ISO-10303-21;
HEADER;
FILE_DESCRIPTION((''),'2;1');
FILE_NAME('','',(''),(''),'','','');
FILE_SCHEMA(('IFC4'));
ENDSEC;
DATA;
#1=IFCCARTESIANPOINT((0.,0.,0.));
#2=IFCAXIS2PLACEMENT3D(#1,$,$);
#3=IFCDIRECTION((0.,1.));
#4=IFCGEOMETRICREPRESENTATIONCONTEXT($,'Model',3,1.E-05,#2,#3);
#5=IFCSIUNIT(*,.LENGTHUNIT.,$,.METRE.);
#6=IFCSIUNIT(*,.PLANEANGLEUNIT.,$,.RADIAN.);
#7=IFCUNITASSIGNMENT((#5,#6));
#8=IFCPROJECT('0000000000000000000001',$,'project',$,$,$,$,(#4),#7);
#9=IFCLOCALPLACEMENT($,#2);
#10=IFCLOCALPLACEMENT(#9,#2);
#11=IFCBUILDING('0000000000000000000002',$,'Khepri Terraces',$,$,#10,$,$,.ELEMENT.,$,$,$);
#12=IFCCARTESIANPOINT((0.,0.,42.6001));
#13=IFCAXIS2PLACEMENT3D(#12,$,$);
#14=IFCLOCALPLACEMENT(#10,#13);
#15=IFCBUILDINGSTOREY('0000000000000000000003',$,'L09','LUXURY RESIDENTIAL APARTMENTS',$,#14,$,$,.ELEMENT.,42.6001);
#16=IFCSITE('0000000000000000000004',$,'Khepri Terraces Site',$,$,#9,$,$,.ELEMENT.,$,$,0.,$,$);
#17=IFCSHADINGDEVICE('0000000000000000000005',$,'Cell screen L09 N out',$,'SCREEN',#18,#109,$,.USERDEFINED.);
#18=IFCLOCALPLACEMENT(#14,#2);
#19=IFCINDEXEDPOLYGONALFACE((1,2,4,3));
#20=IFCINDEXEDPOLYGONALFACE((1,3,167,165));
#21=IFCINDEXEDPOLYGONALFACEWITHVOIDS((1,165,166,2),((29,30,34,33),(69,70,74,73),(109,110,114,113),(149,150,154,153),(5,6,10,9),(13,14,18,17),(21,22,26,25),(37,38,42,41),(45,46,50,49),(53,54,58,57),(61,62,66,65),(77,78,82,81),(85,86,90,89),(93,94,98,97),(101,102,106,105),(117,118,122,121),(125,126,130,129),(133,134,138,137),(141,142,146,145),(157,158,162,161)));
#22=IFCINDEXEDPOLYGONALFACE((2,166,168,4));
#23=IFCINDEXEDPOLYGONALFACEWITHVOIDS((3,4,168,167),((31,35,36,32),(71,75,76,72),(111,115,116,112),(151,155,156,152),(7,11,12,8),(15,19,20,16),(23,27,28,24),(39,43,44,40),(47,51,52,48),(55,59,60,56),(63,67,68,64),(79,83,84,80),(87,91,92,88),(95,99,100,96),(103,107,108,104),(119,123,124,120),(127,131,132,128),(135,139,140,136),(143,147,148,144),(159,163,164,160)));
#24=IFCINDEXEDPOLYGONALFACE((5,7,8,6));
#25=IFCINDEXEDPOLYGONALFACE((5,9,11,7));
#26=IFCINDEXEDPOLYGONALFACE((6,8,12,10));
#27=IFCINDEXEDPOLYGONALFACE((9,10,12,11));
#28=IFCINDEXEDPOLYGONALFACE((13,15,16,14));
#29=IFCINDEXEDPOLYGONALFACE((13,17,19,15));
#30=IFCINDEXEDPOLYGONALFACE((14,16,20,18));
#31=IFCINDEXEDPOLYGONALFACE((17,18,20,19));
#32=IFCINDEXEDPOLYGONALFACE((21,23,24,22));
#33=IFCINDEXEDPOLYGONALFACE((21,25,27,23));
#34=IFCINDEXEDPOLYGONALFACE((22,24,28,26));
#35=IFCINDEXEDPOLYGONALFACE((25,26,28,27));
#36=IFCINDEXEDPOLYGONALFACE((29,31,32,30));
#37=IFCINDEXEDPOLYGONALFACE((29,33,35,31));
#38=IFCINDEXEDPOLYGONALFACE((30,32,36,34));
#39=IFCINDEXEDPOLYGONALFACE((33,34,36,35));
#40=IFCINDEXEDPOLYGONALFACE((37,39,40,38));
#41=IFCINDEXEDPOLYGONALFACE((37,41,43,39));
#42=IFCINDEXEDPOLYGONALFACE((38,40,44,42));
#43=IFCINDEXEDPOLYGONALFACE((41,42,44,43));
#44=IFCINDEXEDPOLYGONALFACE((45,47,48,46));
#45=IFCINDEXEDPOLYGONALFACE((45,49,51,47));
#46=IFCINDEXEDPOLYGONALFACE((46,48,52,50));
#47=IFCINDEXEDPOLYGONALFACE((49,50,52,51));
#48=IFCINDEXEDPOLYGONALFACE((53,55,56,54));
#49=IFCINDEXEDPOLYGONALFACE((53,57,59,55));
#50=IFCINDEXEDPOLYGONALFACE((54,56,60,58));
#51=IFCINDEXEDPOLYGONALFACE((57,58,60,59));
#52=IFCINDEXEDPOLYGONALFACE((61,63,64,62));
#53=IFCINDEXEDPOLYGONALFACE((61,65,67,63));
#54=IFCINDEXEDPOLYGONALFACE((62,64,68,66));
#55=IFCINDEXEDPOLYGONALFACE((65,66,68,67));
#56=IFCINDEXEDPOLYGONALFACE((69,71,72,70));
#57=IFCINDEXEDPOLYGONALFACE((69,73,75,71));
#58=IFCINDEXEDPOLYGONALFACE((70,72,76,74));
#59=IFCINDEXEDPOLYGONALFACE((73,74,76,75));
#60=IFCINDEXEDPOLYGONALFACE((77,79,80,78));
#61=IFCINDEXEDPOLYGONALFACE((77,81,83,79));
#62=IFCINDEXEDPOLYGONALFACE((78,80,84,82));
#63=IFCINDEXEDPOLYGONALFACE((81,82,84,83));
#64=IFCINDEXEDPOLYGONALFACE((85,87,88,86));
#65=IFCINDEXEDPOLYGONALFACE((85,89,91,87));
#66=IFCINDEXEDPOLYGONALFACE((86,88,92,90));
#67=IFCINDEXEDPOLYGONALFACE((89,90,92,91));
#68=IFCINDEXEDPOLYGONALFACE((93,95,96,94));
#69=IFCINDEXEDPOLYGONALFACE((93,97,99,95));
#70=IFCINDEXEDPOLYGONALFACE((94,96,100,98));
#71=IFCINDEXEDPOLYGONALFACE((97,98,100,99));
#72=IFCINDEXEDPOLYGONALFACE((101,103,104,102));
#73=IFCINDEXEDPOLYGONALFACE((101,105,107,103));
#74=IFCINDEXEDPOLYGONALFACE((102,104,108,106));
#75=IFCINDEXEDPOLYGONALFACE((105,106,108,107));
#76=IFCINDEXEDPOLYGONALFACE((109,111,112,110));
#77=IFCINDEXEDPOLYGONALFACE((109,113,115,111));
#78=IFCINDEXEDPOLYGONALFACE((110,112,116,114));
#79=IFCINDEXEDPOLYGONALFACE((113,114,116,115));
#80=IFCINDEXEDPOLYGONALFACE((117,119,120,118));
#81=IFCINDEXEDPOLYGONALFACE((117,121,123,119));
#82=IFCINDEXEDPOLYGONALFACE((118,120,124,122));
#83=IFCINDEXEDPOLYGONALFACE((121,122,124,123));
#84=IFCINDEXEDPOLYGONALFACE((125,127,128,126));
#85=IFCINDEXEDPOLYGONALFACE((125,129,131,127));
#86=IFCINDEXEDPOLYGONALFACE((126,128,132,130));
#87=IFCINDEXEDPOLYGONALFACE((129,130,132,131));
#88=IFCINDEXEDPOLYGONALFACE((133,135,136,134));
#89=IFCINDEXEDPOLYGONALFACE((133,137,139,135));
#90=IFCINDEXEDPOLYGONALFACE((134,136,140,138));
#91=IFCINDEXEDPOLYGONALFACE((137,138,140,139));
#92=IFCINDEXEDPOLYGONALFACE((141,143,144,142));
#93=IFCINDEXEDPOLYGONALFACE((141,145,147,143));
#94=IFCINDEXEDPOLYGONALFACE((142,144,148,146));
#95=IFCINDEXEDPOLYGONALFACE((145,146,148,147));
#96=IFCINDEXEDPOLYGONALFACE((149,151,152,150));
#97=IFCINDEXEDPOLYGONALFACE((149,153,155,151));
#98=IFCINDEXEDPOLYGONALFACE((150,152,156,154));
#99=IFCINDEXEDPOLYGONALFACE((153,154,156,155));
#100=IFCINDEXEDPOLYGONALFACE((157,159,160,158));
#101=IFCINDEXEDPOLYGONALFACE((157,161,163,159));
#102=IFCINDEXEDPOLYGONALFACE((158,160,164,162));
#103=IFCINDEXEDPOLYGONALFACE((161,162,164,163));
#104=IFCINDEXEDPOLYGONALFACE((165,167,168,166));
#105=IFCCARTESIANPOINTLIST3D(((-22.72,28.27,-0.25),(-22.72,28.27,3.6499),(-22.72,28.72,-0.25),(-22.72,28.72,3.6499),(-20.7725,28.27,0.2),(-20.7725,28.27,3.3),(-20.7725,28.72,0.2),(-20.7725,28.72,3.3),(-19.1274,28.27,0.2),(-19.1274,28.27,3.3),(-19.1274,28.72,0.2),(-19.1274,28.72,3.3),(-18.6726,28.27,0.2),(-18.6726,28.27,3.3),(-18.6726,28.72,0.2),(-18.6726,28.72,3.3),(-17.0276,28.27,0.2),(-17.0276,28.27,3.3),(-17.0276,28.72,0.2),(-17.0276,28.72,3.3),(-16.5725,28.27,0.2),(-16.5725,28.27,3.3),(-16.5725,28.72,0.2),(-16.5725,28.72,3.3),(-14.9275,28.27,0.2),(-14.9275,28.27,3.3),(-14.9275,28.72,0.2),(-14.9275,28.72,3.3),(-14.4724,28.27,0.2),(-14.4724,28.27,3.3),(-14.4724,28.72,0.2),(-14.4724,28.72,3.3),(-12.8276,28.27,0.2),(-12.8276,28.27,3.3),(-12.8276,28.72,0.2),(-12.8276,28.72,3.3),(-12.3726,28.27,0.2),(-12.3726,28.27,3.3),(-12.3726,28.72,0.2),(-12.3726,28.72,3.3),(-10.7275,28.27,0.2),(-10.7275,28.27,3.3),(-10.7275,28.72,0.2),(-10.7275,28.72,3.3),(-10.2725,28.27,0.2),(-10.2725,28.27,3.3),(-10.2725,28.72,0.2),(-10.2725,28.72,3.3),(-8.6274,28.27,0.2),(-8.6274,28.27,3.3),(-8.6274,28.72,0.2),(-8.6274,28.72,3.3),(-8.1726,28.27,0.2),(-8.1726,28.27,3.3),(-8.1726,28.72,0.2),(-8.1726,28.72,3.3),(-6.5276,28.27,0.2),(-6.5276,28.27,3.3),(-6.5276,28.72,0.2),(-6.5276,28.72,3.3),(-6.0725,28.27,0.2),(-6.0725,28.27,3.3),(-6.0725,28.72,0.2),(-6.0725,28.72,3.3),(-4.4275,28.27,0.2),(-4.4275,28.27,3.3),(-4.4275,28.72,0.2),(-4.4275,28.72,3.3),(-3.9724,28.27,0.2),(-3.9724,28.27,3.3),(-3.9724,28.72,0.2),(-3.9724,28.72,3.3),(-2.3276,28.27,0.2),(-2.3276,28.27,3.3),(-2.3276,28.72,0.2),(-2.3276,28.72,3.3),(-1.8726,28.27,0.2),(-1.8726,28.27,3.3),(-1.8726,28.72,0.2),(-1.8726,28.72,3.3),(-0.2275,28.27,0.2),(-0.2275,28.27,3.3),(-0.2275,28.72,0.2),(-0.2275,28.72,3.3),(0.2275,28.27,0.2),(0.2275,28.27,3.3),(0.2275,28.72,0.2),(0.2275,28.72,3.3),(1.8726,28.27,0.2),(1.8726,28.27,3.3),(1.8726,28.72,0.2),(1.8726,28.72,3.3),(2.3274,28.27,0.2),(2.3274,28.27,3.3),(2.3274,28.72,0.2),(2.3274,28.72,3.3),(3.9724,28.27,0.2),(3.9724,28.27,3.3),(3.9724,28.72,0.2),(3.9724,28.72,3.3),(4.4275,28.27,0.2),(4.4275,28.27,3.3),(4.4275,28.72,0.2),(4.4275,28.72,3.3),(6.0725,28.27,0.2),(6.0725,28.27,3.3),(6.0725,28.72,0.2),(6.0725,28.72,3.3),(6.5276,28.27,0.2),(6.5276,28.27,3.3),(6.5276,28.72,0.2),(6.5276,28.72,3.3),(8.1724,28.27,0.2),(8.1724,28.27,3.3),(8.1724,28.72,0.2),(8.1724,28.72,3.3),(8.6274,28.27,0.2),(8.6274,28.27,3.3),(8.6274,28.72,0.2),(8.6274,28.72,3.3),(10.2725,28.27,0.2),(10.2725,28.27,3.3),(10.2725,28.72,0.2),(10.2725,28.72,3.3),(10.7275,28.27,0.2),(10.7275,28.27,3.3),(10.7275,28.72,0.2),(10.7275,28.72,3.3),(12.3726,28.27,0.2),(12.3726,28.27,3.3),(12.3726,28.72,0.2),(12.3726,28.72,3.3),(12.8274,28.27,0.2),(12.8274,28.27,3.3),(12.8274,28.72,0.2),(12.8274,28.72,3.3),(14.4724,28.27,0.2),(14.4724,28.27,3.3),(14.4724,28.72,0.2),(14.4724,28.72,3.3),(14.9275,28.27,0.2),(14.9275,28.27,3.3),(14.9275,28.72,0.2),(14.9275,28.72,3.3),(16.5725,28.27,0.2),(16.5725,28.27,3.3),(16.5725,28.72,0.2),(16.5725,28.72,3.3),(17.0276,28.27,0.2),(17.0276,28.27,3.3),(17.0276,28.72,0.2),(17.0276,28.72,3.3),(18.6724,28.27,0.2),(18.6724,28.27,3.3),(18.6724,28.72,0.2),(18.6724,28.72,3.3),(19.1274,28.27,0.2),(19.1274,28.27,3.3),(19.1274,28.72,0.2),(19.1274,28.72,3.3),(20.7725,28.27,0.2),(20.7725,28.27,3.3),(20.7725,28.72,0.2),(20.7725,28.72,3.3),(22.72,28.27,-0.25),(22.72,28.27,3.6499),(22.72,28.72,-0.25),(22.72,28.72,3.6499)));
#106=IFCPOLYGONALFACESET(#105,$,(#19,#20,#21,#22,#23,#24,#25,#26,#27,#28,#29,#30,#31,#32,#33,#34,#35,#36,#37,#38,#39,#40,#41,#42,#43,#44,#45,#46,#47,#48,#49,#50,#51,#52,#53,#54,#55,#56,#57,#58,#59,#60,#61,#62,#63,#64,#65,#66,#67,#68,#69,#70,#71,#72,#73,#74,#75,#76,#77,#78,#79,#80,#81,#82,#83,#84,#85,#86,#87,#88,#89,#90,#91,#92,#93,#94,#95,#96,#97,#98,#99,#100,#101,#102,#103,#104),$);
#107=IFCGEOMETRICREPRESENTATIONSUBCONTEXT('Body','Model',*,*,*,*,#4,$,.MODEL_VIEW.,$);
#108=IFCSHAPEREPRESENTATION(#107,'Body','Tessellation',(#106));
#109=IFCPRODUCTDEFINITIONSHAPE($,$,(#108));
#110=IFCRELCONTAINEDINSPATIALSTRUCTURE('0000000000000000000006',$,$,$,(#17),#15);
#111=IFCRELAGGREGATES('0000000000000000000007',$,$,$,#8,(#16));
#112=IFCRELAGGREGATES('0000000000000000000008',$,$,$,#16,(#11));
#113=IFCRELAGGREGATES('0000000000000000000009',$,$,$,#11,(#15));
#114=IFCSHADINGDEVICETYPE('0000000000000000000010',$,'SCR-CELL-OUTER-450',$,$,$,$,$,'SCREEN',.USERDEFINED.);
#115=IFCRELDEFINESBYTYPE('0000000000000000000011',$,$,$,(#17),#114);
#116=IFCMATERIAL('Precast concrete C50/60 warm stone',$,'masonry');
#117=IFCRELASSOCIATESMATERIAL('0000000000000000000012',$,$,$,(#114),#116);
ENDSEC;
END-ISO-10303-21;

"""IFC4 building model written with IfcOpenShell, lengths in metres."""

from ifc_helpers import new_model, si_unit, direction, frame, origin, place, context, subcontext, project, spatial, polyline, outline, extrude, material, type_object, element, save


model = new_model("IFC4")

# Units and contexts
model_context = context("Model", 3, precision=1e-05, world=origin(), true_north=direction((0.0, 1.0)))
body_context = subcontext(model_context, "Body", "Model", "MODEL_VIEW")
ifc_project = project(units=[si_unit("LENGTHUNIT", "METRE"), si_unit("PLANEANGLEUNIT", "RADIAN")], contexts=[model_context])

# Site, building, storey
site_placement = place(None, origin())
site = spatial("IfcSite", under=ifc_project, at=site_placement, Name="Khepri Terraces Site", CompositionType="ELEMENT", RefElevation=0.0)
building_placement = place(site_placement, origin())
building = spatial("IfcBuilding", under=site, at=building_placement, Name="Khepri Terraces", CompositionType="ELEMENT")
storey_placement = place(building_placement, frame((0.0, 0.0, 42.6001)))
storey = spatial("IfcBuildingStorey", under=building, at=storey_placement, Name="L09", Description="LUXURY RESIDENTIAL APARTMENTS", CompositionType="ELEMENT", Elevation=42.6001)

# Shared definitions
ifc_material_1 = material(Name="Precast concrete C50/60 warm stone", Category="masonry")

# Shading device
shading_device_type_1 = type_object("IfcShadingDeviceType", Name="SCR-CELL-OUTER-450", ElementType="SCREEN", PredefinedType="USERDEFINED", material=ifc_material_1)
shading_device_1_placement = place(storey_placement, frame((22.72, 28.27, -0.25), z_axis=(0.0, 1.0, 0.0), x_axis=(-1.0, 0.0, 0.0)))
element("IfcShadingDevice", 1, at=shading_device_1_placement, inside=storey, type_object=shading_device_type_1, Name="Cell screen L09 N out", ObjectType="SCREEN", PredefinedType="USERDEFINED", context=body_context, shape_type="SweptSolid", body=[
    extrude(outline(polyline([(0.0, 0.0), (45.4399, 0.0), (45.4399, 3.8999), (0.0, 3.8999), (0.0, 0.0)]), holes=[polyline([(1.9475, 0.45), (3.5925, 0.45), (3.5925, 3.55), (1.9475, 3.55), (1.9475, 0.45)]), polyline([(4.0476, 0.45), (5.6924, 0.45), (5.6924, 3.55), (4.0476, 3.55), (4.0476, 0.45)]), polyline([(6.1475, 0.45), (7.7925, 0.45), (7.7925, 3.55), (6.1475, 3.55), (6.1475, 0.45)]), polyline([(8.2476, 0.45), (9.8926, 0.45), (9.8926, 3.55), (8.2476, 3.55), (8.2476, 0.45)]), polyline([(10.3474, 0.45), (11.9924, 0.45), (11.9924, 3.55), (10.3474, 3.55), (10.3474, 0.45)]), polyline([(12.4475, 0.45), (14.0925, 0.45), (14.0925, 3.55), (12.4475, 3.55), (12.4475, 0.45)]), polyline([(14.5476, 0.45), (16.1924, 0.45), (16.1924, 3.55), (14.5476, 3.55), (14.5476, 0.45)]), polyline([(16.6475, 0.45), (18.2925, 0.45), (18.2925, 3.55), (16.6475, 3.55), (16.6475, 0.45)]), polyline([(18.7476, 0.45), (20.3926, 0.45), (20.3926, 3.55), (18.7476, 3.55), (18.7476, 0.45)]), polyline([(20.8474, 0.45), (22.4924, 0.45), (22.4924, 3.55), (20.8474, 3.55), (20.8474, 0.45)]), polyline([(22.9475, 0.45), (24.5925, 0.45), (24.5925, 3.55), (22.9475, 3.55), (22.9475, 0.45)]), polyline([(25.0476, 0.45), (26.6924, 0.45), (26.6924, 3.55), (25.0476, 3.55), (25.0476, 0.45)]), polyline([(27.1475, 0.45), (28.7925, 0.45), (28.7925, 3.55), (27.1475, 3.55), (27.1475, 0.45)]), polyline([(29.2476, 0.45), (30.8926, 0.45), (30.8926, 3.55), (29.2476, 3.55), (29.2476, 0.45)]), polyline([(31.3474, 0.45), (32.9924, 0.45), (32.9924, 3.55), (31.3474, 3.55), (31.3474, 0.45)]), polyline([(33.4475, 0.45), (35.0925, 0.45), (35.0925, 3.55), (33.4475, 3.55), (33.4475, 0.45)]), polyline([(35.5476, 0.45), (37.1924, 0.45), (37.1924, 3.55), (35.5476, 3.55), (35.5476, 0.45)]), polyline([(37.6475, 0.45), (39.2925, 0.45), (39.2925, 3.55), (37.6475, 3.55), (37.6475, 0.45)]), polyline([(39.7476, 0.45), (41.3926, 0.45), (41.3926, 3.55), (39.7476, 3.55), (39.7476, 0.45)]), polyline([(41.8474, 0.45), (43.4924, 0.45), (43.4924, 3.55), (41.8474, 3.55), (41.8474, 0.45)])]), origin(), (0.0, 0.0, 1.0), 0.45),
])

save(model, "model.ifc")
